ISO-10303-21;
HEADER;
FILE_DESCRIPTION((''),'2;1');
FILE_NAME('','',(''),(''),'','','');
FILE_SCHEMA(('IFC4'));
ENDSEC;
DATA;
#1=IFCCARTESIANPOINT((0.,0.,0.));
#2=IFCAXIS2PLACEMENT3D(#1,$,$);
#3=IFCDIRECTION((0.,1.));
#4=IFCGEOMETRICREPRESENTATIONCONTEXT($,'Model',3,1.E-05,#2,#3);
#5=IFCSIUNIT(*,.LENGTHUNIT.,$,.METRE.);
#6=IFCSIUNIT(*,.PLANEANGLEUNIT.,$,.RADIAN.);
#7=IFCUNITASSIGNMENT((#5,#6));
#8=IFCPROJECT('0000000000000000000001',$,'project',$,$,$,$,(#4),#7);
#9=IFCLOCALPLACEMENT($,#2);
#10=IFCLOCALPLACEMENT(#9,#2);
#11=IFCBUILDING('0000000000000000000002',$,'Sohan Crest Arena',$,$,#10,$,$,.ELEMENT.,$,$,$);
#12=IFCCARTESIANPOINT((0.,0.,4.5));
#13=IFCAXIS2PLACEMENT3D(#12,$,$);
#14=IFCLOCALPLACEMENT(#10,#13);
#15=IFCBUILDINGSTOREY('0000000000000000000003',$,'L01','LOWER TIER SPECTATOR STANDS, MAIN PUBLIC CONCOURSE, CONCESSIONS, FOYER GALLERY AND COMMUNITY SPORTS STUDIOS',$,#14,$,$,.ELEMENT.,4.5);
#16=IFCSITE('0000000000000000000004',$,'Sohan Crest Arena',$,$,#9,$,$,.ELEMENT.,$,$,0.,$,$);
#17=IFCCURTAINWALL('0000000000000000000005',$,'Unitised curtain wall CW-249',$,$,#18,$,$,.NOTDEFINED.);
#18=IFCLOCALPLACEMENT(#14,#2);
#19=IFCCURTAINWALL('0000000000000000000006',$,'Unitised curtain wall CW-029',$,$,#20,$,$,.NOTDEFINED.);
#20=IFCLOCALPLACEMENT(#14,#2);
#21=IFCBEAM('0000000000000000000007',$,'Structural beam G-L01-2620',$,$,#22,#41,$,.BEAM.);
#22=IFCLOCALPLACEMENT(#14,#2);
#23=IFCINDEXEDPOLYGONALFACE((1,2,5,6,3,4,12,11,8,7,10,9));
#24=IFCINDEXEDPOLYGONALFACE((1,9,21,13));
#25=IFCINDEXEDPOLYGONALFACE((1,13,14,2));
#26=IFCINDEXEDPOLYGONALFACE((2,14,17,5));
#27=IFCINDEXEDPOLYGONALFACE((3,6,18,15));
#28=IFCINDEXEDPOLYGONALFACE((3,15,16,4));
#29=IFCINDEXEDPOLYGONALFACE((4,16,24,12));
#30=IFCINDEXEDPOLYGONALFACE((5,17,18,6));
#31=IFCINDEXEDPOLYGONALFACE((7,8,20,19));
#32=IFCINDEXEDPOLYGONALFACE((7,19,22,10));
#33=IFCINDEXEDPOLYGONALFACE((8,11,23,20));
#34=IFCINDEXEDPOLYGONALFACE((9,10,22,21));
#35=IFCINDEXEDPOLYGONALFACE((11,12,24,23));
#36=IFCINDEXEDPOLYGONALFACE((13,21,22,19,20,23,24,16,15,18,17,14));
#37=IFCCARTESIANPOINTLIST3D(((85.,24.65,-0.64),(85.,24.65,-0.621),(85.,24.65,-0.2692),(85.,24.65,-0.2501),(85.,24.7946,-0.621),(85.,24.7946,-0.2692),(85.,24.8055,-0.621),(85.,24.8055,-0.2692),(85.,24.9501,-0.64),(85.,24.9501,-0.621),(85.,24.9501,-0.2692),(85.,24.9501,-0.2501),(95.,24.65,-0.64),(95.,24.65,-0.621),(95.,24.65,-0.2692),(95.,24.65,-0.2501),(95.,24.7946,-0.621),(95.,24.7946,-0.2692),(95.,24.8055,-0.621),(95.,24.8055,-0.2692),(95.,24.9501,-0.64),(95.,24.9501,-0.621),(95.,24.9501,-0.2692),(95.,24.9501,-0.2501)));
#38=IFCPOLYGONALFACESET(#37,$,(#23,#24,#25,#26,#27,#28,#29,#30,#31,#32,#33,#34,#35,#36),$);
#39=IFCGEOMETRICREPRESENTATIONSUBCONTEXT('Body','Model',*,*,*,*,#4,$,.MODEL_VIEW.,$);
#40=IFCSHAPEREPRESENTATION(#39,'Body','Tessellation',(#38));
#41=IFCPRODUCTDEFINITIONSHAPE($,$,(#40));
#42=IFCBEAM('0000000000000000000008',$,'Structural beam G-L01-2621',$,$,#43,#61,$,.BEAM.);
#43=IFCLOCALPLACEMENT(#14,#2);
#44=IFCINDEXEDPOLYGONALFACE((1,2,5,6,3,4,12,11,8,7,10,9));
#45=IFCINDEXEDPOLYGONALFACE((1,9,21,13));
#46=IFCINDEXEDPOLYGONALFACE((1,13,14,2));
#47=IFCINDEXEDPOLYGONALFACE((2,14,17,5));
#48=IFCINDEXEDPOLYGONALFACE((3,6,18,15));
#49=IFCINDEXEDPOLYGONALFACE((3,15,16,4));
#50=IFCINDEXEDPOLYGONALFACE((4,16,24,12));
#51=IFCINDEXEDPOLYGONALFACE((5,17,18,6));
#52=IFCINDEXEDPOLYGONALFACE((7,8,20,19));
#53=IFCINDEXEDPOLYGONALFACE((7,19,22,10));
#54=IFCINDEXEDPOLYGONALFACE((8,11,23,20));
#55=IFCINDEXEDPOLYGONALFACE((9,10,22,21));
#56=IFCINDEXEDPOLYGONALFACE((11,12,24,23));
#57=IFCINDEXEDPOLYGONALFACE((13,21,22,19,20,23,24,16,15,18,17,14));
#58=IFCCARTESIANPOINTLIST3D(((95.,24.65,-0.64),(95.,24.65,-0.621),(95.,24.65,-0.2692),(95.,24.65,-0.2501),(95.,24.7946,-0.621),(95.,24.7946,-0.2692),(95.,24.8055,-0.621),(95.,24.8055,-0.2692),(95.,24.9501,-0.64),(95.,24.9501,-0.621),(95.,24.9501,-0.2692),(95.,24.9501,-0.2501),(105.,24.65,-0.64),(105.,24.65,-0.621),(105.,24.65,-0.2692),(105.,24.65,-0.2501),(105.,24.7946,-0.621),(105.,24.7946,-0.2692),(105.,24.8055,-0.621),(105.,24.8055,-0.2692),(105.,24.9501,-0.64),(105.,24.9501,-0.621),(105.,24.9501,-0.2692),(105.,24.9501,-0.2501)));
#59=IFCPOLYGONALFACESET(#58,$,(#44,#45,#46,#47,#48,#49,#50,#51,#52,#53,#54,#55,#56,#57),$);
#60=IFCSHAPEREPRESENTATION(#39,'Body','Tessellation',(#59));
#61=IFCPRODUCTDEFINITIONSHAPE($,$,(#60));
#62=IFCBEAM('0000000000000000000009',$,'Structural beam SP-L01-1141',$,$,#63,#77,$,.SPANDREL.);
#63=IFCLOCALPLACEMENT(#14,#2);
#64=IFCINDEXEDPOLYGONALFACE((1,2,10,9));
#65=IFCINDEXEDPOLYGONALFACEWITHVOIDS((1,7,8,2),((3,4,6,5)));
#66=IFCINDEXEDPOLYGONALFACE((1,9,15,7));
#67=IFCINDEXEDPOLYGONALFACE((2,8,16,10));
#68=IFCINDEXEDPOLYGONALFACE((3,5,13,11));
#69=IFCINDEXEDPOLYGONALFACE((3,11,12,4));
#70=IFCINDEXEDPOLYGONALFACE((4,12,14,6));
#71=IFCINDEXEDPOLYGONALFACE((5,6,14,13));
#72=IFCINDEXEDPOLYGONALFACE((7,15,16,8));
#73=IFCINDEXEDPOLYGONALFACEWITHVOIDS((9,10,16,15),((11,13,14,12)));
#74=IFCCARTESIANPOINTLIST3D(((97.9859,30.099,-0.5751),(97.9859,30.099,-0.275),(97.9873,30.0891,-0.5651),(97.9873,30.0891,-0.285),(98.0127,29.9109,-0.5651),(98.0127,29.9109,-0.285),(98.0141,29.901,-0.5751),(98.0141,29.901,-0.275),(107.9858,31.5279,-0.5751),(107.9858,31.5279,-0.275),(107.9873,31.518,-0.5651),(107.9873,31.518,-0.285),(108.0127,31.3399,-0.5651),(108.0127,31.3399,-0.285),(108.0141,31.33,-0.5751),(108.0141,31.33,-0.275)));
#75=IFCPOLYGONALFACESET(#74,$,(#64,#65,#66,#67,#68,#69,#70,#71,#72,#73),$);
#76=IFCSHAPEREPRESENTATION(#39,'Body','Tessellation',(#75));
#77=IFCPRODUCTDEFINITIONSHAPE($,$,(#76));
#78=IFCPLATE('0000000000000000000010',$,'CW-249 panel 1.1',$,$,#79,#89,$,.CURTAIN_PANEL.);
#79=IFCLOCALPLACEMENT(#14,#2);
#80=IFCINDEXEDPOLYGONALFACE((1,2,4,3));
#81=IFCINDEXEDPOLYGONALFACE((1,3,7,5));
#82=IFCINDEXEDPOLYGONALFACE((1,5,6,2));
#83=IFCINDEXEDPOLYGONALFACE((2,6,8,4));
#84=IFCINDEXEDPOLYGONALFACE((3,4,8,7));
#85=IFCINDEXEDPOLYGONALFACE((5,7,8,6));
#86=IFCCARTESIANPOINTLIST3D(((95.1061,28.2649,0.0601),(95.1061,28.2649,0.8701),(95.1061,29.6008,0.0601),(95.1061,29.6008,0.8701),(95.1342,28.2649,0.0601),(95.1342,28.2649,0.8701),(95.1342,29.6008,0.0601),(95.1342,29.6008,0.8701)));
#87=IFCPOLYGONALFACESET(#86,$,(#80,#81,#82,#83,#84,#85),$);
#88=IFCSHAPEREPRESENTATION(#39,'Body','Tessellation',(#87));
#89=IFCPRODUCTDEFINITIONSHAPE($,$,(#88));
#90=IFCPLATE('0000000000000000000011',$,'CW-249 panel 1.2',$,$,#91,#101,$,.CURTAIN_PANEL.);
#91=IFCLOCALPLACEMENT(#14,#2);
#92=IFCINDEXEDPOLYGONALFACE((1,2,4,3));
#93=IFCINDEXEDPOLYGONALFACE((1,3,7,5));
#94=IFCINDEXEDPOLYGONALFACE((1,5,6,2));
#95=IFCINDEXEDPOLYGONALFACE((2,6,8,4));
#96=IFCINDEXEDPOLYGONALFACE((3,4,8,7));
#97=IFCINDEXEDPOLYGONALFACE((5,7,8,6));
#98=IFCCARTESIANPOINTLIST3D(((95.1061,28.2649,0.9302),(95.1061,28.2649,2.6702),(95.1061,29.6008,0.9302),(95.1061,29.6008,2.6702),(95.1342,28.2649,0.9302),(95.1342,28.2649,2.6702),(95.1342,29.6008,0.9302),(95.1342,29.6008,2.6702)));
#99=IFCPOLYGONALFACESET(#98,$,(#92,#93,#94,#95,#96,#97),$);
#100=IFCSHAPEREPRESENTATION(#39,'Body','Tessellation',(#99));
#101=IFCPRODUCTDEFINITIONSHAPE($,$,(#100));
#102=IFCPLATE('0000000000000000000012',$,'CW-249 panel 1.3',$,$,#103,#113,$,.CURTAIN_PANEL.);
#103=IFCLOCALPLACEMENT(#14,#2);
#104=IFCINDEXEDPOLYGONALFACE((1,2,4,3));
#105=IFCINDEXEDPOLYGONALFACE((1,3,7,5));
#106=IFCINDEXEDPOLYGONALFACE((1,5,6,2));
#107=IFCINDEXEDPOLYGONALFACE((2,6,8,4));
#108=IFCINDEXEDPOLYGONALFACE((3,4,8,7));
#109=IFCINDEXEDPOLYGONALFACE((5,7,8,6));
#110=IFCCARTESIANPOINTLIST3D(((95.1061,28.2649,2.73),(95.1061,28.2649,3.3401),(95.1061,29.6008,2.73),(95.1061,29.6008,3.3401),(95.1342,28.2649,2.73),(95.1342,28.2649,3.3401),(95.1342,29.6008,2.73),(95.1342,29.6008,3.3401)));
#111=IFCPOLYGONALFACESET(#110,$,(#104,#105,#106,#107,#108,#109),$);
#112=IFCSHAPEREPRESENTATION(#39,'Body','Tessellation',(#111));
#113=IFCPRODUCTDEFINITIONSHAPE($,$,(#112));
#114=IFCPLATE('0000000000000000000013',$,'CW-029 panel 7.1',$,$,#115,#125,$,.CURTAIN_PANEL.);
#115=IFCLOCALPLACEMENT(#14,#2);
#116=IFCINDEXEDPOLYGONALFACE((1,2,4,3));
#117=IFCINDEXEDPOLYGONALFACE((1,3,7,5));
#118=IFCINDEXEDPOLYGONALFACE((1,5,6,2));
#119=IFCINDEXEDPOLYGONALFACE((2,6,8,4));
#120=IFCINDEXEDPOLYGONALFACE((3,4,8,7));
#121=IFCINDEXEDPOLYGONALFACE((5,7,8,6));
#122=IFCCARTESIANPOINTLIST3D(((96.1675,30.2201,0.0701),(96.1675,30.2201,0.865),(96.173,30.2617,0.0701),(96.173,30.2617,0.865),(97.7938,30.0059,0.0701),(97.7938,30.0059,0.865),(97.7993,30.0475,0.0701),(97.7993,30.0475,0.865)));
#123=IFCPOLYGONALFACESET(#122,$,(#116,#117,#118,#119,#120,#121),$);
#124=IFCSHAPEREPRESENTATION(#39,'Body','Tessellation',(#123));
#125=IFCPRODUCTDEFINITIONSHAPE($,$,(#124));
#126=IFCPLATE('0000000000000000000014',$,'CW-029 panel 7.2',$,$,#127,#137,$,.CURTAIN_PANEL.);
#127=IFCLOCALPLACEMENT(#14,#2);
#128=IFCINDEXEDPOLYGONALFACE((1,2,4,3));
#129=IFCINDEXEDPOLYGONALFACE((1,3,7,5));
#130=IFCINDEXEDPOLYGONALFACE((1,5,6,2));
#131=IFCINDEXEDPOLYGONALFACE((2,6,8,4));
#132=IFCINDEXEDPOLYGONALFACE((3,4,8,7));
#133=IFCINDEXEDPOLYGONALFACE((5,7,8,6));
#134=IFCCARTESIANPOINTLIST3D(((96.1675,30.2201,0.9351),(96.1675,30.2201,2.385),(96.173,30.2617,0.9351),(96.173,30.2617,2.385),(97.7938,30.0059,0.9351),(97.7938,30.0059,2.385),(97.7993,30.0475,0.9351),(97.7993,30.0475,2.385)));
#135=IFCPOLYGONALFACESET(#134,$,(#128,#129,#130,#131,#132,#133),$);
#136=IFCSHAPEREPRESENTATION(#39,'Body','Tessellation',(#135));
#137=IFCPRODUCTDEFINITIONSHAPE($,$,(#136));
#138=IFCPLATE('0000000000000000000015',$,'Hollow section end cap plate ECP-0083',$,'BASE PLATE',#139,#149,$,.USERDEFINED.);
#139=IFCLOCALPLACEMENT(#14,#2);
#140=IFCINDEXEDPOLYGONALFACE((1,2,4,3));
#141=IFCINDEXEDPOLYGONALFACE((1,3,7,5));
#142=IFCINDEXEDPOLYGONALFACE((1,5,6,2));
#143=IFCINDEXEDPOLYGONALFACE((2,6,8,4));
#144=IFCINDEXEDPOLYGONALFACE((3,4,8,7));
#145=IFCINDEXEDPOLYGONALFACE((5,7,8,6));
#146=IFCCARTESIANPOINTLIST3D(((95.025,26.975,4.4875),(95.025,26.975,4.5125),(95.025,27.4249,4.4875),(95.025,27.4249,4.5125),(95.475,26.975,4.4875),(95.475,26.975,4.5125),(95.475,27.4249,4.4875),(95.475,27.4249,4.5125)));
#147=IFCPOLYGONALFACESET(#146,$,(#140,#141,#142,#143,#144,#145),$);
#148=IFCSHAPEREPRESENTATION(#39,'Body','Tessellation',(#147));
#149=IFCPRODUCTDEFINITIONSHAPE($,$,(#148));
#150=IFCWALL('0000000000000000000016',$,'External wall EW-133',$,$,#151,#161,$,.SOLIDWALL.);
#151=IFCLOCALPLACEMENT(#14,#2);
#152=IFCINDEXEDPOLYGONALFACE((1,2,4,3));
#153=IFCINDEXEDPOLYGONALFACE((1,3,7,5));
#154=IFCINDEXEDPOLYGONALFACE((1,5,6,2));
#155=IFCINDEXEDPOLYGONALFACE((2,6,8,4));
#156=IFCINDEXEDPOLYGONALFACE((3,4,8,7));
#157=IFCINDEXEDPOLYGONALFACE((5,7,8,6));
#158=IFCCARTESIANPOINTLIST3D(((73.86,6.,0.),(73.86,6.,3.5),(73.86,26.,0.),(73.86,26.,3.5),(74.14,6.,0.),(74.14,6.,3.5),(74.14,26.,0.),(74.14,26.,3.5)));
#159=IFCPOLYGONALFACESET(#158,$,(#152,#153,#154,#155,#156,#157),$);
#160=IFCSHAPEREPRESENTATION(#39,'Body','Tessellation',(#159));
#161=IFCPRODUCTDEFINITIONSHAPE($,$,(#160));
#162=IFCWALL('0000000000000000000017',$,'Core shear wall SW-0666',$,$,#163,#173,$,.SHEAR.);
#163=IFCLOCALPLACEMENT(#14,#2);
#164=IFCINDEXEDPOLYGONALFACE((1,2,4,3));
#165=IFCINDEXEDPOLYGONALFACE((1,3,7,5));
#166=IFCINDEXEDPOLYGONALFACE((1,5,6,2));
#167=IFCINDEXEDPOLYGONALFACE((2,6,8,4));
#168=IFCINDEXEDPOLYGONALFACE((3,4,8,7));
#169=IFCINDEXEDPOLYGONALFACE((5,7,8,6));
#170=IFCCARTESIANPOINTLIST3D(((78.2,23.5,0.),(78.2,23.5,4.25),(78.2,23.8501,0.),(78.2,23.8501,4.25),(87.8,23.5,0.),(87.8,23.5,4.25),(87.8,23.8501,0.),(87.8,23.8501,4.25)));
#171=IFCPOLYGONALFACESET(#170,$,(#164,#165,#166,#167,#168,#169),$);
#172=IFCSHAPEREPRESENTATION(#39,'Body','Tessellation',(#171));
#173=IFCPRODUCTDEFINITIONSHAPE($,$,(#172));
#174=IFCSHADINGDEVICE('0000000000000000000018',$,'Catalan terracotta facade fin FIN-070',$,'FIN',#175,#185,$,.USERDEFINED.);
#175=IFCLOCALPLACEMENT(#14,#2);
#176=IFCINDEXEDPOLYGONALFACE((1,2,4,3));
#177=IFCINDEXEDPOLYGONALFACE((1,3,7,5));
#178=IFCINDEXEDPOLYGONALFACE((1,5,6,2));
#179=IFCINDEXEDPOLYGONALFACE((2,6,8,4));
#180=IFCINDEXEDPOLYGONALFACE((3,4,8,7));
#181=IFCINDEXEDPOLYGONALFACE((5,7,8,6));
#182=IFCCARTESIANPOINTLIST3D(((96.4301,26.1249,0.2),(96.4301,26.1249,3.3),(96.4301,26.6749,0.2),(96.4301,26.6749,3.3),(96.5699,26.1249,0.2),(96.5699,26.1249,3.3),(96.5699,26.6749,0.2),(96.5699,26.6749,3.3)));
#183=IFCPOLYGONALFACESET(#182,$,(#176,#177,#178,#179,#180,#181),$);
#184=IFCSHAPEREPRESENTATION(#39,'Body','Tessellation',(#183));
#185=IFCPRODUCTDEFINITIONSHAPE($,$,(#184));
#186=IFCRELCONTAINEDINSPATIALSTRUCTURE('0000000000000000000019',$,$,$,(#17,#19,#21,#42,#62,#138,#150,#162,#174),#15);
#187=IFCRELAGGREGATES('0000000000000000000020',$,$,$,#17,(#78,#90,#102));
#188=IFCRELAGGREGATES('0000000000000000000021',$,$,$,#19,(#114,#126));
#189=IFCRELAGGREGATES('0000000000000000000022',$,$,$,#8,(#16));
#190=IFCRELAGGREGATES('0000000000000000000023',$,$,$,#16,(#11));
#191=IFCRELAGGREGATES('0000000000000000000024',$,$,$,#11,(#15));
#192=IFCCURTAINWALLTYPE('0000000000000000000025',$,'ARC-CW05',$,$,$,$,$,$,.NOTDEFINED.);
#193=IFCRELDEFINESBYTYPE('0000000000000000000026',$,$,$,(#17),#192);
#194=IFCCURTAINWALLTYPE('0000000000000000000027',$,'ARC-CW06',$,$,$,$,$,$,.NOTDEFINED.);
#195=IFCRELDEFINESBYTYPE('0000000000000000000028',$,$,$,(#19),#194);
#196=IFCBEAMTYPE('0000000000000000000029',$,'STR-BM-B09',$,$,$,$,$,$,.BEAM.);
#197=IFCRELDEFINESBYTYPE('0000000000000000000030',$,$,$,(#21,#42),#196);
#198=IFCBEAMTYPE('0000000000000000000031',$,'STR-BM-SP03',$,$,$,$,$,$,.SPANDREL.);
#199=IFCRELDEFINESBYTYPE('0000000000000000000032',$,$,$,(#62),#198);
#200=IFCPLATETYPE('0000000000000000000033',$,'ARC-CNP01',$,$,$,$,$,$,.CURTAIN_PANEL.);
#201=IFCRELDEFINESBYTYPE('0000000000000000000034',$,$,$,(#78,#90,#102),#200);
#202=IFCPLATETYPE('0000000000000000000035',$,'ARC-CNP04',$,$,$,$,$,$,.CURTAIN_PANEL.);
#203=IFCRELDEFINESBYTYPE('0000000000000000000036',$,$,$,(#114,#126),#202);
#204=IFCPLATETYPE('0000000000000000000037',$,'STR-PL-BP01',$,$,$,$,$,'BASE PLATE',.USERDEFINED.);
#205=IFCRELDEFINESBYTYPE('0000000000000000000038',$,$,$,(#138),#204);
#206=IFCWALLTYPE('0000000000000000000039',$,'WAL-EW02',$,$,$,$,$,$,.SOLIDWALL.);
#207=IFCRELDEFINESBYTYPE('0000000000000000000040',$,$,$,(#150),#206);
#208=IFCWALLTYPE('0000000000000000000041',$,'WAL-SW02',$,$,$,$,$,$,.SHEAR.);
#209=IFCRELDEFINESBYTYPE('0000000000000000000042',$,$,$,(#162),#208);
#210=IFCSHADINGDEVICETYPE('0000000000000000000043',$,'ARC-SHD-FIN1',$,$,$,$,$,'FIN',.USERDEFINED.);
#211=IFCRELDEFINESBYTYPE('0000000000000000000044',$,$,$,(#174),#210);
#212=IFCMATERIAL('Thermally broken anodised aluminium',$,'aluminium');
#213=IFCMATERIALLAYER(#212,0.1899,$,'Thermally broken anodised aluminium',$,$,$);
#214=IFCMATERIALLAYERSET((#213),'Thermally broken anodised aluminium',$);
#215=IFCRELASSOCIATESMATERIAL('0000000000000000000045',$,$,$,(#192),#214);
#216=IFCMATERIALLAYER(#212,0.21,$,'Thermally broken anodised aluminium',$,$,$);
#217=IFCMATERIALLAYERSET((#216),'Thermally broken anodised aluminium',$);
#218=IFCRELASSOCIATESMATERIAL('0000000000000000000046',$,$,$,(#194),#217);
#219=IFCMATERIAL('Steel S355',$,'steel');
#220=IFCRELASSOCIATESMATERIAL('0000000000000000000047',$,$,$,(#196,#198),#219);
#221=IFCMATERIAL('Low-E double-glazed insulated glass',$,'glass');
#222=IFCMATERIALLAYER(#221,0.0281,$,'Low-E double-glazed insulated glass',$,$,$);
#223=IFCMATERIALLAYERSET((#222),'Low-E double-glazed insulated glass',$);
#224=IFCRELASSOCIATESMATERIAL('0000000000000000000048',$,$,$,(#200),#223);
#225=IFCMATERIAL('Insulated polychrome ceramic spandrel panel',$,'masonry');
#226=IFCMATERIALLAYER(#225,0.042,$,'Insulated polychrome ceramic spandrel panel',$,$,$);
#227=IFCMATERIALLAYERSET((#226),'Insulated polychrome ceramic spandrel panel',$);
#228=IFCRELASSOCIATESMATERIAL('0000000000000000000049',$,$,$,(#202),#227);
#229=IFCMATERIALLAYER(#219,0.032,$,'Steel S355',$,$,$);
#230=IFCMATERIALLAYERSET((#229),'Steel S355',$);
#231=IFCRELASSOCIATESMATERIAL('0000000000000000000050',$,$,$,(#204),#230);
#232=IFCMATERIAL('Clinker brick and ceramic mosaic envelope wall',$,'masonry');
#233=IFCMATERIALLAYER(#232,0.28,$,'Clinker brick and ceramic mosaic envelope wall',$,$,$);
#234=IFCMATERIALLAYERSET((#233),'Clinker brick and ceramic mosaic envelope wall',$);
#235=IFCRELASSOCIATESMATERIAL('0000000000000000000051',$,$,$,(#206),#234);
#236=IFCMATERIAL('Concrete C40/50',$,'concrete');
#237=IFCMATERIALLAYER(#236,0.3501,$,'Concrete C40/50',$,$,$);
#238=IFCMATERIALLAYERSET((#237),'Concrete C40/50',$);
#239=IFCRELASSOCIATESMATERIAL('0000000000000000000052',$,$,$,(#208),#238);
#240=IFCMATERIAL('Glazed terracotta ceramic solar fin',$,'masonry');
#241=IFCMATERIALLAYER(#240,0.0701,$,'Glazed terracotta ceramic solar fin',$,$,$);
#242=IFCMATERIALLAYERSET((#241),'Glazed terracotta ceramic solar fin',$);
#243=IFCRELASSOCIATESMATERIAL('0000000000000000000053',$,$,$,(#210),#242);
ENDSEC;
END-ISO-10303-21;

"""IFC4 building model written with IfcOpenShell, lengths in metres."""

from ifc_helpers import new_model, si_unit, direction, frame, frame_2d, origin, origin_2d, place, context, subcontext, project, spatial, rectangle, hollow_rectangle, i_section, extrude, material, layer, layer_set, material_profile, profile_set, type_object, element, aggregate, save


model = new_model("IFC4")

# Units and contexts
model_context = context("Model", 3, precision=1e-05, world=origin(), true_north=direction((0.0, 1.0)))
body_context = subcontext(model_context, "Body", "Model", "MODEL_VIEW")
ifc_project = project(units=[si_unit("LENGTHUNIT", "METRE"), si_unit("PLANEANGLEUNIT", "RADIAN")], contexts=[model_context])

# Site, building, storey
site_placement = place(None, origin())
site = spatial("IfcSite", under=ifc_project, at=site_placement, Name="Sohan Crest Arena", CompositionType="ELEMENT", RefElevation=0.0)
building_placement = place(site_placement, origin())
building = spatial("IfcBuilding", under=site, at=building_placement, Name="Sohan Crest Arena", CompositionType="ELEMENT")
storey_placement = place(building_placement, frame((0.0, 0.0, 4.5)))
storey = spatial("IfcBuildingStorey", under=building, at=storey_placement, Name="L01", Description="LOWER TIER SPECTATOR STANDS, MAIN PUBLIC CONCOURSE, CONCESSIONS, FOYER GALLERY AND COMMUNITY SPORTS STUDIOS", CompositionType="ELEMENT", Elevation=4.5)

# Shared definitions
ifc_material_1 = material(Name="Steel S355", Category="steel")

# Curtain wall
ifc_material_2 = material(Name="Thermally broken anodised aluminium", Category="aluminium")
ifc_layer_1 = layer(ifc_material_2, 0.1899, Name="Thermally broken anodised aluminium")
ifc_layer_set_1 = layer_set([ifc_layer_1], Name="Thermally broken anodised aluminium")
curtain_wall_type_1 = type_object("IfcCurtainWallType", Name="ARC-CW05", PredefinedType="NOTDEFINED", material=ifc_layer_set_1)
curtain_wall_1_placement = place(storey_placement, origin())
curtain_wall_1 = element("IfcCurtainWall", 1, at=curtain_wall_1_placement, inside=storey, type_object=curtain_wall_type_1, Name="Unitised curtain wall CW-249", PredefinedType="NOTDEFINED")

# Curtain wall
ifc_layer_2 = layer(ifc_material_2, 0.21, Name="Thermally broken anodised aluminium")
ifc_layer_set_2 = layer_set([ifc_layer_2], Name="Thermally broken anodised aluminium")
curtain_wall_type_2 = type_object("IfcCurtainWallType", Name="ARC-CW06", PredefinedType="NOTDEFINED", material=ifc_layer_set_2)
curtain_wall_2_placement = place(storey_placement, origin())
curtain_wall_2 = element("IfcCurtainWall", 2, at=curtain_wall_2_placement, inside=storey, type_object=curtain_wall_type_2, Name="Unitised curtain wall CW-029", PredefinedType="NOTDEFINED")

# Beams
ifc_material_profile_1 = material_profile(ifc_material_1, i_section(OverallWidth=0.3, OverallDepth=0.3899, WebThickness=0.011, FlangeThickness=0.019, at=origin_2d()), Name="HEA 400")
ifc_profile_set_1 = profile_set([ifc_material_profile_1], Name="Steel S355")
beam_type_1 = type_object("IfcBeamType", Name="STR-BM-B09", PredefinedType="BEAM", material=ifc_profile_set_1)
for number, where, z_axis, x_axis, name in (
    (3, (85.0, 24.8, -0.4451), (1.0, 0.0, 0.0), (0.0, 1.0, 0.0), "Structural beam G-L01-2620"),
    (4, (95.0, 24.8, -0.4451), (1.0, 0.0, 0.0), (0.0, 1.0, 0.0), "Structural beam G-L01-2621"),
):
    element("IfcBeam", number, at=place(storey_placement, frame(where, z_axis=z_axis, x_axis=x_axis)), inside=storey, type_object=beam_type_1, Name=name, PredefinedType="BEAM", context=body_context, shape_type="SweptSolid", body=[
        extrude(i_section(OverallWidth=0.3, OverallDepth=0.3899, WebThickness=0.011, FlangeThickness=0.019, at=origin_2d()), origin(), (0.0, 0.0, 1.0), 10.0),
    ])
ifc_material_profile_2 = material_profile(ifc_material_1, hollow_rectangle(XDim=0.2, YDim=0.3, WallThickness=0.01, at=origin_2d()), Name="RHS 300x200x10")
ifc_profile_set_2 = profile_set([ifc_material_profile_2], Name="Steel S355")
beam_type_2 = type_object("IfcBeamType", Name="STR-BM-SP03", PredefinedType="SPANDREL", material=ifc_profile_set_2)
beam_1_placement = place(storey_placement, frame((98.0, 30.0, -0.425), z_axis=(0.989944, 0.141459, 0.0), x_axis=(-0.141459, 0.989944, 0.0)))
element("IfcBeam", 5, at=beam_1_placement, inside=storey, type_object=beam_type_2, Name="Structural beam SP-L01-1141", PredefinedType="SPANDREL", context=body_context, shape_type="SweptSolid", body=[
    extrude(hollow_rectangle(XDim=0.2, YDim=0.3, WallThickness=0.01, at=origin_2d()), origin(), (0.0, 0.0, 1.0), 10.1016),
])

# Plates
ifc_material_3 = material(Name="Low-E double-glazed insulated glass", Category="glass")
ifc_layer_3 = layer(ifc_material_3, 0.0281, Name="Low-E double-glazed insulated glass")
ifc_layer_set_3 = layer_set([ifc_layer_3], Name="Low-E double-glazed insulated glass")
plate_type_1 = type_object("IfcPlateType", Name="ARC-CNP01", PredefinedType="CURTAIN_PANEL", material=ifc_layer_set_3)
plate_1_placement = place(storey_placement, frame((95.1201, 28.9329, 0.0601), z_axis=(0.0, 0.0, 1.0), x_axis=(0.0, 1.0, 0.0)))
plate_1 = element("IfcPlate", 6, at=plate_1_placement, type_object=plate_type_1, Name="CW-249 panel 1.1", PredefinedType="CURTAIN_PANEL", context=body_context, shape_type="SweptSolid", body=[
    extrude(rectangle(XDim=1.3359, YDim=0.0281, at=origin_2d()), origin(), (0.0, 0.0, 1.0), 0.8101),
])
plate_2_placement = place(storey_placement, frame((95.1201, 28.9329, 0.9302), z_axis=(0.0, 0.0, 1.0), x_axis=(0.0, 1.0, 0.0)))
plate_2 = element("IfcPlate", 7, at=plate_2_placement, type_object=plate_type_1, Name="CW-249 panel 1.2", PredefinedType="CURTAIN_PANEL", context=body_context, shape_type="SweptSolid", body=[
    extrude(rectangle(XDim=1.3359, YDim=0.0281, at=origin_2d()), origin(), (0.0, 0.0, 1.0), 1.74),
])
plate_3_placement = place(storey_placement, frame((95.1201, 28.9329, 2.73), z_axis=(0.0, 0.0, 1.0), x_axis=(0.0, 1.0, 0.0)))
plate_3 = element("IfcPlate", 8, at=plate_3_placement, type_object=plate_type_1, Name="CW-249 panel 1.3", PredefinedType="CURTAIN_PANEL", context=body_context, shape_type="SweptSolid", body=[
    extrude(rectangle(XDim=1.3359, YDim=0.0281, at=origin_2d()), origin(), (0.0, 0.0, 1.0), 0.6101),
])
aggregate(curtain_wall_1, [plate_1, plate_2, plate_3])
ifc_material_4 = material(Name="Insulated polychrome ceramic spandrel panel", Category="masonry")
ifc_layer_4 = layer(ifc_material_4, 0.042, Name="Insulated polychrome ceramic spandrel panel")
ifc_layer_set_4 = layer_set([ifc_layer_4], Name="Insulated polychrome ceramic spandrel panel")
plate_type_2 = type_object("IfcPlateType", Name="ARC-CNP04", PredefinedType="CURTAIN_PANEL", material=ifc_layer_set_4)
plate_4_placement = place(storey_placement, frame((96.9834, 30.1338, 0.0701), z_axis=(0.0, 0.0, 1.0), x_axis=(0.99144, -0.130562, 0.0)))
plate_4 = element("IfcPlate", 9, at=plate_4_placement, type_object=plate_type_2, Name="CW-029 panel 7.1", PredefinedType="CURTAIN_PANEL", context=body_context, shape_type="SweptSolid", body=[
    extrude(rectangle(XDim=1.6404, YDim=0.042, at=origin_2d()), origin(), (0.0, 0.0, 1.0), 0.7949),
])
plate_5_placement = place(storey_placement, frame((96.9834, 30.1338, 0.9351), z_axis=(0.0, 0.0, 1.0), x_axis=(0.99144, -0.130562, 0.0)))
plate_5 = element("IfcPlate", 10, at=plate_5_placement, type_object=plate_type_2, Name="CW-029 panel 7.2", PredefinedType="CURTAIN_PANEL", context=body_context, shape_type="SweptSolid", body=[
    extrude(rectangle(XDim=1.6404, YDim=0.042, at=origin_2d()), origin(), (0.0, 0.0, 1.0), 1.45),
])
aggregate(curtain_wall_2, [plate_4, plate_5])
ifc_layer_5 = layer(ifc_material_1, 0.032, Name="Steel S355")
ifc_layer_set_5 = layer_set([ifc_layer_5], Name="Steel S355")
plate_type_3 = type_object("IfcPlateType", Name="STR-PL-BP01", ElementType="BASE PLATE", PredefinedType="USERDEFINED", material=ifc_layer_set_5)
plate_6_placement = place(storey_placement, frame((95.25, 27.2, 4.4875), z_axis=(0.0, 0.0, 1.0), x_axis=(1.0, 0.0, 0.0)))
element("IfcPlate", 11, at=plate_6_placement, inside=storey, type_object=plate_type_3, Name="Hollow section end cap plate ECP-0083", ObjectType="BASE PLATE", PredefinedType="USERDEFINED", context=body_context, shape_type="SweptSolid", body=[
    extrude(rectangle(XDim=0.45, YDim=0.45, at=origin_2d()), origin(), (0.0, 0.0, 1.0), 0.0249),
])

# Walls
ifc_material_5 = material(Name="Clinker brick and ceramic mosaic envelope wall", Category="masonry")
ifc_layer_6 = layer(ifc_material_5, 0.28, Name="Clinker brick and ceramic mosaic envelope wall")
ifc_layer_set_6 = layer_set([ifc_layer_6], Name="Clinker brick and ceramic mosaic envelope wall")
wall_type_1 = type_object("IfcWallType", Name="WAL-EW02", PredefinedType="SOLIDWALL", material=ifc_layer_set_6)
wall_1_placement = place(storey_placement, frame((74.0, 26.0, 0.0), z_axis=(0.0, 0.0, 1.0), x_axis=(0.0, -1.0, 0.0)))
element("IfcWall", 12, at=wall_1_placement, inside=storey, type_object=wall_type_1, Name="External wall EW-133", PredefinedType="SOLIDWALL", context=body_context, shape_type="SweptSolid", body=[
    extrude(rectangle(XDim=20.0, YDim=0.28, at=frame_2d((10.0, 0.0))), origin(), (0.0, 0.0, 1.0), 3.5),
])
ifc_material_6 = material(Name="Concrete C40/50", Category="concrete")
ifc_layer_7 = layer(ifc_material_6, 0.3501, Name="Concrete C40/50")
ifc_layer_set_7 = layer_set([ifc_layer_7], Name="Concrete C40/50")
wall_type_2 = type_object("IfcWallType", Name="WAL-SW02", PredefinedType="SHEAR", material=ifc_layer_set_7)
wall_2_placement = place(storey_placement, frame((78.2, 23.675, 0.0), z_axis=(0.0, 0.0, 1.0), x_axis=(1.0, 0.0, 0.0)))
element("IfcWall", 13, at=wall_2_placement, inside=storey, type_object=wall_type_2, Name="Core shear wall SW-0666", PredefinedType="SHEAR", context=body_context, shape_type="SweptSolid", body=[
    extrude(rectangle(XDim=9.6001, YDim=0.3501, at=frame_2d((4.8, 0.0))), origin(), (0.0, 0.0, 1.0), 4.25),
])

# Shading device
ifc_material_7 = material(Name="Glazed terracotta ceramic solar fin", Category="masonry")
ifc_layer_8 = layer(ifc_material_7, 0.0701, Name="Glazed terracotta ceramic solar fin")
ifc_layer_set_8 = layer_set([ifc_layer_8], Name="Glazed terracotta ceramic solar fin")
shading_device_type = type_object("IfcShadingDeviceType", Name="ARC-SHD-FIN1", ElementType="FIN", PredefinedType="USERDEFINED", material=ifc_layer_set_8)
for number, where, z_axis, x_axis, name in (
    (14, (96.5, 26.3999, 0.2), (0.0, 0.0, 1.0), (-1.0, 0.0, 0.0), "Catalan terracotta facade fin FIN-070"),
):
    element("IfcShadingDevice", number, at=place(storey_placement, frame(where, z_axis=z_axis, x_axis=x_axis)), inside=storey, type_object=shading_device_type, Name=name, ObjectType="FIN", PredefinedType="USERDEFINED", context=body_context, shape_type="SweptSolid", body=[
        extrude(rectangle(XDim=0.1399, YDim=0.55, at=origin_2d()), origin(), (0.0, 0.0, 1.0), 3.1001),
    ])

save(model, "model.ifc")
